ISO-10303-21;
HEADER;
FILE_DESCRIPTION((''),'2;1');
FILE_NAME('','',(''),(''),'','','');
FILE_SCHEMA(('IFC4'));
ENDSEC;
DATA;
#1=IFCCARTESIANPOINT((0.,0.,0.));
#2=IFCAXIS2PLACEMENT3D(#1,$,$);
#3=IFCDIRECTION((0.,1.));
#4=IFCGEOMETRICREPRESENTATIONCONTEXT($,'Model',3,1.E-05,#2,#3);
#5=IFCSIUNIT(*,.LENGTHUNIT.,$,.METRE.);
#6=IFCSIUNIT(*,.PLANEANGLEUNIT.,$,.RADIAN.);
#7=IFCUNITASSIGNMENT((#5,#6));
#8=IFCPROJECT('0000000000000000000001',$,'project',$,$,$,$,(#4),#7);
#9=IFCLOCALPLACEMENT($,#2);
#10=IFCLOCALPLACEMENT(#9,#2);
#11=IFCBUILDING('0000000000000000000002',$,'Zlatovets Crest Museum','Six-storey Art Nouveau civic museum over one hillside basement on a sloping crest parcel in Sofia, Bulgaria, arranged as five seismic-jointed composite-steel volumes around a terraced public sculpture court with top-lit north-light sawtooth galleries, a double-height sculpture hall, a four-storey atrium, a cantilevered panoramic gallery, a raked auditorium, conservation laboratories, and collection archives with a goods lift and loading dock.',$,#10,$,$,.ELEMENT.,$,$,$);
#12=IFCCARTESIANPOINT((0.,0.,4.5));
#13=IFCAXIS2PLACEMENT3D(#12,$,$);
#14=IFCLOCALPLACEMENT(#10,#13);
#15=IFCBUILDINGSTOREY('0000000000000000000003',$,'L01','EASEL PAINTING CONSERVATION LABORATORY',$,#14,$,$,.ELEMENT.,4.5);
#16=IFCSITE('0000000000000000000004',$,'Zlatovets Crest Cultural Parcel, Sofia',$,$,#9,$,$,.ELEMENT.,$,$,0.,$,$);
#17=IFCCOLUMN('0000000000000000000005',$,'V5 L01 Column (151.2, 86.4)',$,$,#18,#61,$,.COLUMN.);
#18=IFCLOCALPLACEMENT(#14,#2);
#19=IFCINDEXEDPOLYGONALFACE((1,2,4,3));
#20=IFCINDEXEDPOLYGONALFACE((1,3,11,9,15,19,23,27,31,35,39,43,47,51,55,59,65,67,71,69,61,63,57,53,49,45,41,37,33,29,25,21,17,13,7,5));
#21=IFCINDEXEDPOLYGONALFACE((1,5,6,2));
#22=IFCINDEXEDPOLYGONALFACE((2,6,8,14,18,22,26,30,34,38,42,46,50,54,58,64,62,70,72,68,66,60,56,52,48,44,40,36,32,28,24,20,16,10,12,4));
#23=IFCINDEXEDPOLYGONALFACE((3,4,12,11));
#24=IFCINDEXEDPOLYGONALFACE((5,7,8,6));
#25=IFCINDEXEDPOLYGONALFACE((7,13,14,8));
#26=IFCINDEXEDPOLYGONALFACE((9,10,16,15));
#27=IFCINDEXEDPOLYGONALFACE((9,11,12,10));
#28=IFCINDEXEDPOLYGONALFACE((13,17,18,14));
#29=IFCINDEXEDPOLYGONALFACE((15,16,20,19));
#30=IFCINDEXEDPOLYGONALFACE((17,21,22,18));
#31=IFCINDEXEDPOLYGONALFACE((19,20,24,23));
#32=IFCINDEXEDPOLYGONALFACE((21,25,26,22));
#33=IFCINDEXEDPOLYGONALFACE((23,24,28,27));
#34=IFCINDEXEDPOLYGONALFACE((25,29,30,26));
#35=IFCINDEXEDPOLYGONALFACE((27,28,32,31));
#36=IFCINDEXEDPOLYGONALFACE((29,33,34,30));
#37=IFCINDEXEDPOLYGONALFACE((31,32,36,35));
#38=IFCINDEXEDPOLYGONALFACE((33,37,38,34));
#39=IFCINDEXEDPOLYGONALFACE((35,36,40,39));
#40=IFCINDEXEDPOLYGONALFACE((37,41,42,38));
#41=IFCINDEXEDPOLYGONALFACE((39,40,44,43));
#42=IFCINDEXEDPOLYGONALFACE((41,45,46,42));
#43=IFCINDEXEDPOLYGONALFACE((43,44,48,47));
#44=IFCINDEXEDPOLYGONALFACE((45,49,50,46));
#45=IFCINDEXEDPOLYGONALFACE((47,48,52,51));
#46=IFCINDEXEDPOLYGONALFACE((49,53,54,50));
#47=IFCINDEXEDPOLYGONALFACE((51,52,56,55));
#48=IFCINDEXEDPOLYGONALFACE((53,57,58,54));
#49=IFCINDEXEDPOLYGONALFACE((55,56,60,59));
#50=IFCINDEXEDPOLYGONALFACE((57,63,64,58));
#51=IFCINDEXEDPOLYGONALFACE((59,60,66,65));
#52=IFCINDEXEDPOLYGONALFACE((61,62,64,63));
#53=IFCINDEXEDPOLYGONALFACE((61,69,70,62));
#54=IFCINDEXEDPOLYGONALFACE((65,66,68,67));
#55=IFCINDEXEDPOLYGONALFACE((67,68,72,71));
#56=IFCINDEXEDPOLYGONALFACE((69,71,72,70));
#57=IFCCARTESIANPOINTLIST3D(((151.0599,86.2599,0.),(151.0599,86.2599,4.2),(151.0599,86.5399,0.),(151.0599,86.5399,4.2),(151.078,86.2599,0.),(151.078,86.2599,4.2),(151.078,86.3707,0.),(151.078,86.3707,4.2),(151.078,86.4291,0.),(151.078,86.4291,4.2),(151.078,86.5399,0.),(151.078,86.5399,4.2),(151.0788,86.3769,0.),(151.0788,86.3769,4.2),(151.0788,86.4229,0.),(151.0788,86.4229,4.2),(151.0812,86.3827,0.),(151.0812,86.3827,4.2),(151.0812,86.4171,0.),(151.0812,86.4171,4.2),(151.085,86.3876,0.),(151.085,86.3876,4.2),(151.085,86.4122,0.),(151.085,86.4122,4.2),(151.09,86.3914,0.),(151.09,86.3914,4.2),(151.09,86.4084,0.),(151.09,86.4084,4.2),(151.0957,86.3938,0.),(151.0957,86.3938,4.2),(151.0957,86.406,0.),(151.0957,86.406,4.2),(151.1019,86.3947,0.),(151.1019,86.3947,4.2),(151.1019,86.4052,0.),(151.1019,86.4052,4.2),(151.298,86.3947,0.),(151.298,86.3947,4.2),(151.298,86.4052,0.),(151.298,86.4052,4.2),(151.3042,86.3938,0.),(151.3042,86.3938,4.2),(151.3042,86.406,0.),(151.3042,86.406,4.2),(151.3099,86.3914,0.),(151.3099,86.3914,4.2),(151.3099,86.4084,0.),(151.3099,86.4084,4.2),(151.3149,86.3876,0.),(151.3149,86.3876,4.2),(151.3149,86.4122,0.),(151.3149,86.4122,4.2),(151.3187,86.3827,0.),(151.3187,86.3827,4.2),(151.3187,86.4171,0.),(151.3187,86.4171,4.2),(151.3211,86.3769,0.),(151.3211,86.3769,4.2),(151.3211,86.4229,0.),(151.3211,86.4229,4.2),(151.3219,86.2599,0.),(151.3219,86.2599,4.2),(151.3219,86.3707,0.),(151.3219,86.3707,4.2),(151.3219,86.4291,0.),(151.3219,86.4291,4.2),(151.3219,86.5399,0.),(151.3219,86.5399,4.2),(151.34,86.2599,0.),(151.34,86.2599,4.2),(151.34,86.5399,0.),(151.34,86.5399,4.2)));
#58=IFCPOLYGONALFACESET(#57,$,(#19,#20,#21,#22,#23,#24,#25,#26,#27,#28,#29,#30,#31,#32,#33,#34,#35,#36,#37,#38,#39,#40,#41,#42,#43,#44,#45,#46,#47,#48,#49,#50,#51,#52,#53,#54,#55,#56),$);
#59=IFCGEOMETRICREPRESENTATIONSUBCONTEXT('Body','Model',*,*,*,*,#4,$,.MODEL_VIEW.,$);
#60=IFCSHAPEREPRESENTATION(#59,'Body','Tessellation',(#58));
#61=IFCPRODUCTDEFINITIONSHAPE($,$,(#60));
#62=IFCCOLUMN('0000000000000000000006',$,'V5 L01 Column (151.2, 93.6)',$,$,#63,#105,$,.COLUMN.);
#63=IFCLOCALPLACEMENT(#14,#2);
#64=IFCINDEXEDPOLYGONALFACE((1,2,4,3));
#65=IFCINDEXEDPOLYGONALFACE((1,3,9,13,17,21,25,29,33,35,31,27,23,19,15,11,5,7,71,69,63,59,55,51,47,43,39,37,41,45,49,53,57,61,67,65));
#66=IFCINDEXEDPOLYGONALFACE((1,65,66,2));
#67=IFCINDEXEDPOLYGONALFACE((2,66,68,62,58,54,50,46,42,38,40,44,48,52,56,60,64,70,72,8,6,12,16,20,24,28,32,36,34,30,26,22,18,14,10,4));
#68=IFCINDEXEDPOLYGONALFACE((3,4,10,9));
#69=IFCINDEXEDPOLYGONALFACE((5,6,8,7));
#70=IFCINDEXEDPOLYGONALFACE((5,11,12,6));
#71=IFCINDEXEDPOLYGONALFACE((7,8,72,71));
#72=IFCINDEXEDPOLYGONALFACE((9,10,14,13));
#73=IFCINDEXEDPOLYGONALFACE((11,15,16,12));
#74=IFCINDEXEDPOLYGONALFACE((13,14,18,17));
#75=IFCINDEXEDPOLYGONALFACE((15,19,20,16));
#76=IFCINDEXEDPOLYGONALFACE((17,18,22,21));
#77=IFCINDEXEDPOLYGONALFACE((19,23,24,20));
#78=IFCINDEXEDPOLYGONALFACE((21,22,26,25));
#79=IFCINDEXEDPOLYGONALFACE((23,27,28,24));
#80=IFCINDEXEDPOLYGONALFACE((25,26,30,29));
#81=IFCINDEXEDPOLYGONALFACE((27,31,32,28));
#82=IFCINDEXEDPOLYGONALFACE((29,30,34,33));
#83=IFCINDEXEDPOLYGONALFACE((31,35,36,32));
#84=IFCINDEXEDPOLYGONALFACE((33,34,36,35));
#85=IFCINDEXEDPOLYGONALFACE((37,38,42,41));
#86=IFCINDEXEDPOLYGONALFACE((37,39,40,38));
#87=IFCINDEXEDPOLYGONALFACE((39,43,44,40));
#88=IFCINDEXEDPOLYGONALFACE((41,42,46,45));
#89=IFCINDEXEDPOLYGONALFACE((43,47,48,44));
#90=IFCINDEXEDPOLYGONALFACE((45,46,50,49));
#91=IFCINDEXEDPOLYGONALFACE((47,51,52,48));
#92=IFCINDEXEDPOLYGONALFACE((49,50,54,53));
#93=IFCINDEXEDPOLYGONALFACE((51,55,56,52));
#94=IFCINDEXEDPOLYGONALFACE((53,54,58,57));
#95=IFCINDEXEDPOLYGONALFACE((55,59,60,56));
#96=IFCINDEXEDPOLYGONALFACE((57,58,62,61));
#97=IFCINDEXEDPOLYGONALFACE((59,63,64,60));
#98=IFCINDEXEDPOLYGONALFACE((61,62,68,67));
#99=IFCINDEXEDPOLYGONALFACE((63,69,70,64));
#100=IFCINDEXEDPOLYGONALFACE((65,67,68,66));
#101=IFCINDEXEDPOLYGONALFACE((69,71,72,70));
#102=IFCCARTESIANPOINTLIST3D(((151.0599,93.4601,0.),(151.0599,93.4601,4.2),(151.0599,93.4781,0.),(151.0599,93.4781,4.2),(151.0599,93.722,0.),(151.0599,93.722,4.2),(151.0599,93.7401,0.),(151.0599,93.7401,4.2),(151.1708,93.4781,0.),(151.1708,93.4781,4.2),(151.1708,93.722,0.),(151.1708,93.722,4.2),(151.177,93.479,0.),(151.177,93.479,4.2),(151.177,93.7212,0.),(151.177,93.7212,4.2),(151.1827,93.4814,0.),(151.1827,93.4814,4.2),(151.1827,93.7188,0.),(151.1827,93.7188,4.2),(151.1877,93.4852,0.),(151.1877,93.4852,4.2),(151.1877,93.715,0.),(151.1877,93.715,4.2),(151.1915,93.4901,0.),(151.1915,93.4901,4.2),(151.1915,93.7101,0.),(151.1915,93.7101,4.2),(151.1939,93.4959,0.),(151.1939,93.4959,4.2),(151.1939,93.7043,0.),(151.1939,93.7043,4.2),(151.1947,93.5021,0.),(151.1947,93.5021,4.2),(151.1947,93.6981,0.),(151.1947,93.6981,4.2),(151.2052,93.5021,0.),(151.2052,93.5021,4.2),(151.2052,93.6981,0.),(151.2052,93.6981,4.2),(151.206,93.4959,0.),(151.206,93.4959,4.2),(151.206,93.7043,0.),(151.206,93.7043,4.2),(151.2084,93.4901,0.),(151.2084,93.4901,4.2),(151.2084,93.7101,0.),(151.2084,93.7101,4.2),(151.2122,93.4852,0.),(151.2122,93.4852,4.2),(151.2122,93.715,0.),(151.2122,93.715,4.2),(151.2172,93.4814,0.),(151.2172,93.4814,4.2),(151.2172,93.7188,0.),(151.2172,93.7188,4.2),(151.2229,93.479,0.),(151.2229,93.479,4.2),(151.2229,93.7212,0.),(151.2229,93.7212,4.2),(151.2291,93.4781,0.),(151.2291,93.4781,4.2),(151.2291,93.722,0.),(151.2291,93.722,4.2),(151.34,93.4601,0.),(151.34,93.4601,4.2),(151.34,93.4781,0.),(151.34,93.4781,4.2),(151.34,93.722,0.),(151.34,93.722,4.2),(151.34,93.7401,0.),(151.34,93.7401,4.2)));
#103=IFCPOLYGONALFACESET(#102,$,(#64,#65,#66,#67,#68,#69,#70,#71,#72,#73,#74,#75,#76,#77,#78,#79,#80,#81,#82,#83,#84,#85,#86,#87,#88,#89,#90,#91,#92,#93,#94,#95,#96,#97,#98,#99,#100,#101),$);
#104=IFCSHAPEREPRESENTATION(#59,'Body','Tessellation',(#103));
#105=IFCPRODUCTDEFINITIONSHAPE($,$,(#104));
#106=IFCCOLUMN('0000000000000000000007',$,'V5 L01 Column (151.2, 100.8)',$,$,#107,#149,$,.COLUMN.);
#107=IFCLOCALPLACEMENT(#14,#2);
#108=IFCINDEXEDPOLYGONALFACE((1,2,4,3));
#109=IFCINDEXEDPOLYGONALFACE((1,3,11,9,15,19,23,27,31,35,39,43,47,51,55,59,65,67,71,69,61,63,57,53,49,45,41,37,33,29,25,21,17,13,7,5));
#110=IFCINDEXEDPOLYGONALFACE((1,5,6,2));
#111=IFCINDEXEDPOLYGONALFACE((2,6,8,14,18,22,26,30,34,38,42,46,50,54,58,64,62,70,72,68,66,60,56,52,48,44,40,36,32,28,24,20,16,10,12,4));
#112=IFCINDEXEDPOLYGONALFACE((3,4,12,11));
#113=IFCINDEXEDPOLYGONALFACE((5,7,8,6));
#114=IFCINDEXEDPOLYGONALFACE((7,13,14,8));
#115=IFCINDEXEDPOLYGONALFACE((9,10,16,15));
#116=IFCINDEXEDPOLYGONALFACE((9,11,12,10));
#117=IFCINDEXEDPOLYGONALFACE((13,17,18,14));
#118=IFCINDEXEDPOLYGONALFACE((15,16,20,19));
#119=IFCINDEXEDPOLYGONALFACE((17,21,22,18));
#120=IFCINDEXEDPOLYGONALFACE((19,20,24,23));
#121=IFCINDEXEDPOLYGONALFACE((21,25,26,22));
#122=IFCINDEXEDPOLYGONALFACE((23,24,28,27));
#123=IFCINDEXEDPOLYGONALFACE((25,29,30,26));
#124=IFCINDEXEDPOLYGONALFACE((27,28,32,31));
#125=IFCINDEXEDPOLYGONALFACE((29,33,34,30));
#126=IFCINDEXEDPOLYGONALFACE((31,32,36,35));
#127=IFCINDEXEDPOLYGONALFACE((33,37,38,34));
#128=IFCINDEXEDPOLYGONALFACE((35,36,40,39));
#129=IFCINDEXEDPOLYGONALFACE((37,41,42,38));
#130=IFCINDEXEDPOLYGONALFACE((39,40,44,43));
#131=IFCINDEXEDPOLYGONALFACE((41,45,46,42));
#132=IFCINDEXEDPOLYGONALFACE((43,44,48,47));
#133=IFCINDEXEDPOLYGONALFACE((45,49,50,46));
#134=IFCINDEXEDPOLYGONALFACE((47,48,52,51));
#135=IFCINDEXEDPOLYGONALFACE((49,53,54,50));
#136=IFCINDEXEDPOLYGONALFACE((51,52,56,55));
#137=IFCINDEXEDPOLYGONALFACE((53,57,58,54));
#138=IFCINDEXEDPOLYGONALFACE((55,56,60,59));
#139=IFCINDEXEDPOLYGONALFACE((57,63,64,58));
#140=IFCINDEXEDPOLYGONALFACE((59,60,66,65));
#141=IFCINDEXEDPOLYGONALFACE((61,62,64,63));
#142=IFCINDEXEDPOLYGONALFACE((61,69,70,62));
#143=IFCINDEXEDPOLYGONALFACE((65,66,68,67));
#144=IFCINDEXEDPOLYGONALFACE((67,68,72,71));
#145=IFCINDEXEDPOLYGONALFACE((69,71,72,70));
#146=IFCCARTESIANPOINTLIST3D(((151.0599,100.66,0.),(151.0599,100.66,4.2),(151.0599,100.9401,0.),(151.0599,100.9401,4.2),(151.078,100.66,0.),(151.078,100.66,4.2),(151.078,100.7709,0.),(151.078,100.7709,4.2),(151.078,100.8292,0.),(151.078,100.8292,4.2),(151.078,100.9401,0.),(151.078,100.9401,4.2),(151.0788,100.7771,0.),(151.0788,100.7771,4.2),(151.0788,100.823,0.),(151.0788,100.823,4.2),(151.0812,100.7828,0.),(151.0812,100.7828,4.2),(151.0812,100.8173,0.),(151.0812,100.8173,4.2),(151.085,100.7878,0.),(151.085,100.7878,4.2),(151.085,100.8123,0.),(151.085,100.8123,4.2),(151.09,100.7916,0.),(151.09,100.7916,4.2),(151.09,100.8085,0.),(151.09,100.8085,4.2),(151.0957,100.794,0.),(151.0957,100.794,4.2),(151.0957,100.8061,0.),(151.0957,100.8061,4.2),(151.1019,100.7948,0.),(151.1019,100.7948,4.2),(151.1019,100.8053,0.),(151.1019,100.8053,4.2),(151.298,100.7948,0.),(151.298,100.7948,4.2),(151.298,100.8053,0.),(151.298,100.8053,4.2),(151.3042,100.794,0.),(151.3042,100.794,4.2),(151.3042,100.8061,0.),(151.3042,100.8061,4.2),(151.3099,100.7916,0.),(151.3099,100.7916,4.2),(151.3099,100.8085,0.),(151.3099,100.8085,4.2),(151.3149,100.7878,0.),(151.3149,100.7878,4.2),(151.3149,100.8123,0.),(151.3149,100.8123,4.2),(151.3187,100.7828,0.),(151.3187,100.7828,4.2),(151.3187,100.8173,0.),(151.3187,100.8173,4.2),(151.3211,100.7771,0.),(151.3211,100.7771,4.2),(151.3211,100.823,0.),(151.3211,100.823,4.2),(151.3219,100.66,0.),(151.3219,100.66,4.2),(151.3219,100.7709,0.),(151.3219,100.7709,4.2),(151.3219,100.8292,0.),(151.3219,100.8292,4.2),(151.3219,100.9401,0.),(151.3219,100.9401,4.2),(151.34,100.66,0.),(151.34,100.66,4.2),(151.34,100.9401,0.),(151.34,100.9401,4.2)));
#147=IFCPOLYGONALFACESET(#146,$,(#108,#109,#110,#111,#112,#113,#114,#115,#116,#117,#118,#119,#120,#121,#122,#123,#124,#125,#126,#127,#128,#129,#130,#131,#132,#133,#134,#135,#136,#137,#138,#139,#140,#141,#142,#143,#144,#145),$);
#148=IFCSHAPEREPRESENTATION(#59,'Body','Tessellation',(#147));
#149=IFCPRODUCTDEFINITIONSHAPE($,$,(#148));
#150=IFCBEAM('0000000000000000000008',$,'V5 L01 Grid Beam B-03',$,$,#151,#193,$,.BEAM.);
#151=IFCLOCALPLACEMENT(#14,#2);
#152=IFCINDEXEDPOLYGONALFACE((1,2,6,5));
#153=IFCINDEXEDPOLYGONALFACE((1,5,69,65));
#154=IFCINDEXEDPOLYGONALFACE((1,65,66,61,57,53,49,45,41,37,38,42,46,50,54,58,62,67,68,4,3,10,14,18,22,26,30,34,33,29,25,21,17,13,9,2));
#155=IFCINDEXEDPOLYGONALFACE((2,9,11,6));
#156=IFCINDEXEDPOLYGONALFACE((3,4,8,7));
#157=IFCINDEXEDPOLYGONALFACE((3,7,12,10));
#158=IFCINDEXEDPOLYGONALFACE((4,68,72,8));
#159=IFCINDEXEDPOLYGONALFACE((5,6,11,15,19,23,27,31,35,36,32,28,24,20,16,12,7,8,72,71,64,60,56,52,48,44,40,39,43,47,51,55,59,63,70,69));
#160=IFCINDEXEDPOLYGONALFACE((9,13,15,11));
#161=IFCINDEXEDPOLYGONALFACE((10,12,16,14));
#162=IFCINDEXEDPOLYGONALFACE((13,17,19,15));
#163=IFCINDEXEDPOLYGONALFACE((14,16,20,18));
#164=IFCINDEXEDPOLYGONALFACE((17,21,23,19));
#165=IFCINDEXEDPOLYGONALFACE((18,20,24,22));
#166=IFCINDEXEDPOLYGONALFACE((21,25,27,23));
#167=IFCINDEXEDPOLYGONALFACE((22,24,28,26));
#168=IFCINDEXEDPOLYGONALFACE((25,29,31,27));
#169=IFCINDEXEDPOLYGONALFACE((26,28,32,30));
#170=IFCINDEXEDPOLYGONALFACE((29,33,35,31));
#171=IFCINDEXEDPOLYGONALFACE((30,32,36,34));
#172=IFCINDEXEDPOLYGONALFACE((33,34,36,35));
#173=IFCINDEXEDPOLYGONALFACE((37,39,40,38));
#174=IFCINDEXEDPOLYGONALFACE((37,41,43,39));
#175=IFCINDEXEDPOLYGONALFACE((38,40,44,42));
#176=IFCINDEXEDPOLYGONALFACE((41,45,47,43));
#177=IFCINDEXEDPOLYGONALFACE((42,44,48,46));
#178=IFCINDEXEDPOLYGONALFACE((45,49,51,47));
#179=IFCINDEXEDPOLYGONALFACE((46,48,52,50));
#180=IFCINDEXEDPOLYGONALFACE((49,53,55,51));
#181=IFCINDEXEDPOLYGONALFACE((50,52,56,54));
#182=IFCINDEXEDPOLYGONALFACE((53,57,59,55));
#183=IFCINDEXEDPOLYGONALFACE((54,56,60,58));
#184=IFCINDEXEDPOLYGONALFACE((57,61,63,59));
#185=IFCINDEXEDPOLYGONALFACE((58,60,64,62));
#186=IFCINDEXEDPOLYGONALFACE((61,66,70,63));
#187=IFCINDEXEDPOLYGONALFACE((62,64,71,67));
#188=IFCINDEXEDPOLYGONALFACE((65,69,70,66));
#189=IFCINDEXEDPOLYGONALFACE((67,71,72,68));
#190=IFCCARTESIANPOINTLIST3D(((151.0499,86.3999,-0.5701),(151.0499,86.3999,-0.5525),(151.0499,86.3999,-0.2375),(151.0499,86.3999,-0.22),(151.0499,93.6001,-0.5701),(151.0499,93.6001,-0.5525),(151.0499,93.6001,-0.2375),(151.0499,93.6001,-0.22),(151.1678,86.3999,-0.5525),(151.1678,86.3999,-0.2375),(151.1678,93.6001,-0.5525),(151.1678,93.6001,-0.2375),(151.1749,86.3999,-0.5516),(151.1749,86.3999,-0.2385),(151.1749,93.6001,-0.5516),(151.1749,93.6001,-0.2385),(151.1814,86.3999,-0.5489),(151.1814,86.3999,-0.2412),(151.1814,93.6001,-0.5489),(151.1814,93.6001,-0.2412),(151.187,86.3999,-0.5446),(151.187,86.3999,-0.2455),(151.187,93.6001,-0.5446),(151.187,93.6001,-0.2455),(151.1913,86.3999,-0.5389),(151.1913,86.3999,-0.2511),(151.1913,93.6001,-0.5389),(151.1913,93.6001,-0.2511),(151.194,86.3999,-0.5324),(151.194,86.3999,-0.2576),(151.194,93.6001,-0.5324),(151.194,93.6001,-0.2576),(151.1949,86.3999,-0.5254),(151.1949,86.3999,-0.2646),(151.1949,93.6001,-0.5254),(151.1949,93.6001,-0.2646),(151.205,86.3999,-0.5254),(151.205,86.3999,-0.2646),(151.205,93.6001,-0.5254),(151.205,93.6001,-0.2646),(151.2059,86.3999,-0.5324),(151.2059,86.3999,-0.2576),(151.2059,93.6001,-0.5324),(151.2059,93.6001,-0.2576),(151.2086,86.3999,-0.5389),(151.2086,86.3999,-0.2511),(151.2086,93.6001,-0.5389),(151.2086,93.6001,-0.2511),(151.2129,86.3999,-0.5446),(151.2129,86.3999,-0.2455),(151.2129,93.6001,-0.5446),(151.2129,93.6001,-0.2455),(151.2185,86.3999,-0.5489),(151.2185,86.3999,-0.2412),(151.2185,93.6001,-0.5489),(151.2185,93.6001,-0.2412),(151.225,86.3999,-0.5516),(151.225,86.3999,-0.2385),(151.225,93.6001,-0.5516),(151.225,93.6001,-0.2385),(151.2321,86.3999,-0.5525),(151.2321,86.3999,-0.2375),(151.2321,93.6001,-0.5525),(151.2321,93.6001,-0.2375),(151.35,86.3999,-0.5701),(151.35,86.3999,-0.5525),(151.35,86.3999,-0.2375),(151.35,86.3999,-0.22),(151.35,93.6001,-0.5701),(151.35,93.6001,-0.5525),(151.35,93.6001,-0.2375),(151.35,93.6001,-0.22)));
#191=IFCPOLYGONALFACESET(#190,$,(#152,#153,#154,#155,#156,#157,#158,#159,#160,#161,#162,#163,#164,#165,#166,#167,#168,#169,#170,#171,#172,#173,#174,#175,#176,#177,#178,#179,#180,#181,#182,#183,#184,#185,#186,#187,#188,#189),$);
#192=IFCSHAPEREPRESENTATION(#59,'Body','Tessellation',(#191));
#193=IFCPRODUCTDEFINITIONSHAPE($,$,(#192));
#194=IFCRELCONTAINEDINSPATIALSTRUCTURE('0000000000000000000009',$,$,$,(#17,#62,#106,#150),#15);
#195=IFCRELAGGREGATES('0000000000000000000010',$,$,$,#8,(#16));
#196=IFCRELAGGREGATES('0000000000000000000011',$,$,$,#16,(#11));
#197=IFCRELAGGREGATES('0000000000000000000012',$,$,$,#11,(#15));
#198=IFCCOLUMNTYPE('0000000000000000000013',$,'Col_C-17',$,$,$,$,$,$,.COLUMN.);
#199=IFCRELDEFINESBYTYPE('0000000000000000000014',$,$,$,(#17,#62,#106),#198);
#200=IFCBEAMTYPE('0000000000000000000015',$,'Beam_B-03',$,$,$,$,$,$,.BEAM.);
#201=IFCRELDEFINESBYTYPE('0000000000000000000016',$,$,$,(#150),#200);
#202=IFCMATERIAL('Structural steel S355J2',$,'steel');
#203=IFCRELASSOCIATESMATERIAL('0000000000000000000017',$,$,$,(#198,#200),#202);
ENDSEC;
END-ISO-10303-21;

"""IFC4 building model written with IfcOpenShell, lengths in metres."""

from ifc_helpers import new_model, si_unit, direction, frame, origin, origin_2d, place, context, subcontext, project, spatial, i_section, extrude, material, material_profile, profile_set, type_object, element, save


model = new_model("IFC4")

# Units and contexts
model_context = context("Model", 3, precision=1e-05, world=origin(), true_north=direction((0.0, 1.0)))
body_context = subcontext(model_context, "Body", "Model", "MODEL_VIEW")
ifc_project = project(units=[si_unit("LENGTHUNIT", "METRE"), si_unit("PLANEANGLEUNIT", "RADIAN")], contexts=[model_context])

# Site, building, storey
site_placement = place(None, origin())
site = spatial("IfcSite", under=ifc_project, at=site_placement, Name="Zlatovets Crest Cultural Parcel, Sofia", CompositionType="ELEMENT", RefElevation=0.0)
building_placement = place(site_placement, origin())
building = spatial("IfcBuilding", under=site, at=building_placement, Name="Zlatovets Crest Museum", Description="Six-storey Art Nouveau civic museum over one hillside basement on a sloping crest parcel in Sofia, Bulgaria, arranged as five seismic-jointed composite-steel volumes around a terraced public sculpture court with top-lit north-light sawtooth galleries, a double-height sculpture hall, a four-storey atrium, a cantilevered panoramic gallery, a raked auditorium, conservation laboratories, and collection archives with a goods lift and loading dock.", CompositionType="ELEMENT")
storey_placement = place(building_placement, frame((0.0, 0.0, 4.5)))
storey = spatial("IfcBuildingStorey", under=building, at=storey_placement, Name="L01", Description="EASEL PAINTING CONSERVATION LABORATORY", CompositionType="ELEMENT", Elevation=4.5)

# Columns
ifc_material_1 = material(Name="Structural steel S355J2", Category="steel")
ifc_material_profile_1 = material_profile(ifc_material_1, i_section(OverallWidth=0.28, OverallDepth=0.28, WebThickness=0.0105, FlangeThickness=0.0181, FilletRadius=0.0239, at=origin_2d()), Name="HEB 280")
ifc_profile_set_1 = profile_set([ifc_material_profile_1], Name="Structural steel S355J2")
column_type = type_object("IfcColumnType", Name="Col_C-17", PredefinedType="COLUMN", material=ifc_profile_set_1)
for number, where, z_axis, x_axis, name in (
    (1, (151.2, 86.3999, 0.0), (0.0, 0.0, 1.0), (0.0, 1.0, 0.0), "V5 L01 Column (151.2, 86.4)"),
    (2, (151.2, 93.6001, 0.0), (0.0, 0.0, 1.0), (1.0, 0.0, 0.0), "V5 L01 Column (151.2, 93.6)"),
    (3, (151.2, 100.8, 0.0), (0.0, 0.0, 1.0), (0.0, 1.0, 0.0), "V5 L01 Column (151.2, 100.8)"),
):
    element("IfcColumn", number, at=place(storey_placement, frame(where, z_axis=z_axis, x_axis=x_axis)), inside=storey, type_object=column_type, Name=name, PredefinedType="COLUMN", context=body_context, shape_type="SweptSolid", body=[
        extrude(i_section(OverallWidth=0.28, OverallDepth=0.28, WebThickness=0.0105, FlangeThickness=0.0181, FilletRadius=0.0239, at=origin_2d()), origin(), (0.0, 0.0, 1.0), 4.2),
    ])

# Beam
ifc_material_profile_2 = material_profile(ifc_material_1, i_section(OverallWidth=0.3, OverallDepth=0.3501, WebThickness=0.01, FlangeThickness=0.0176, FilletRadius=0.0271, at=origin_2d()), Name="HEA 360")
ifc_profile_set_2 = profile_set([ifc_material_profile_2], Name="Structural steel S355J2")
beam_type_1 = type_object("IfcBeamType", Name="Beam_B-03", PredefinedType="BEAM", material=ifc_profile_set_2)
beam_1_placement = place(storey_placement, frame((151.2, 86.3999, -0.395), z_axis=(0.0, 1.0, 0.0), x_axis=(-1.0, 0.0, 0.0)))
element("IfcBeam", 4, at=beam_1_placement, inside=storey, type_object=beam_type_1, Name="V5 L01 Grid Beam B-03", PredefinedType="BEAM", context=body_context, shape_type="SweptSolid", body=[
    extrude(i_section(OverallWidth=0.3, OverallDepth=0.3501, WebThickness=0.01, FlangeThickness=0.0176, FilletRadius=0.0271, at=origin_2d()), origin(), (0.0, 0.0, 1.0), 7.2002),
])

save(model, "model.ifc")
